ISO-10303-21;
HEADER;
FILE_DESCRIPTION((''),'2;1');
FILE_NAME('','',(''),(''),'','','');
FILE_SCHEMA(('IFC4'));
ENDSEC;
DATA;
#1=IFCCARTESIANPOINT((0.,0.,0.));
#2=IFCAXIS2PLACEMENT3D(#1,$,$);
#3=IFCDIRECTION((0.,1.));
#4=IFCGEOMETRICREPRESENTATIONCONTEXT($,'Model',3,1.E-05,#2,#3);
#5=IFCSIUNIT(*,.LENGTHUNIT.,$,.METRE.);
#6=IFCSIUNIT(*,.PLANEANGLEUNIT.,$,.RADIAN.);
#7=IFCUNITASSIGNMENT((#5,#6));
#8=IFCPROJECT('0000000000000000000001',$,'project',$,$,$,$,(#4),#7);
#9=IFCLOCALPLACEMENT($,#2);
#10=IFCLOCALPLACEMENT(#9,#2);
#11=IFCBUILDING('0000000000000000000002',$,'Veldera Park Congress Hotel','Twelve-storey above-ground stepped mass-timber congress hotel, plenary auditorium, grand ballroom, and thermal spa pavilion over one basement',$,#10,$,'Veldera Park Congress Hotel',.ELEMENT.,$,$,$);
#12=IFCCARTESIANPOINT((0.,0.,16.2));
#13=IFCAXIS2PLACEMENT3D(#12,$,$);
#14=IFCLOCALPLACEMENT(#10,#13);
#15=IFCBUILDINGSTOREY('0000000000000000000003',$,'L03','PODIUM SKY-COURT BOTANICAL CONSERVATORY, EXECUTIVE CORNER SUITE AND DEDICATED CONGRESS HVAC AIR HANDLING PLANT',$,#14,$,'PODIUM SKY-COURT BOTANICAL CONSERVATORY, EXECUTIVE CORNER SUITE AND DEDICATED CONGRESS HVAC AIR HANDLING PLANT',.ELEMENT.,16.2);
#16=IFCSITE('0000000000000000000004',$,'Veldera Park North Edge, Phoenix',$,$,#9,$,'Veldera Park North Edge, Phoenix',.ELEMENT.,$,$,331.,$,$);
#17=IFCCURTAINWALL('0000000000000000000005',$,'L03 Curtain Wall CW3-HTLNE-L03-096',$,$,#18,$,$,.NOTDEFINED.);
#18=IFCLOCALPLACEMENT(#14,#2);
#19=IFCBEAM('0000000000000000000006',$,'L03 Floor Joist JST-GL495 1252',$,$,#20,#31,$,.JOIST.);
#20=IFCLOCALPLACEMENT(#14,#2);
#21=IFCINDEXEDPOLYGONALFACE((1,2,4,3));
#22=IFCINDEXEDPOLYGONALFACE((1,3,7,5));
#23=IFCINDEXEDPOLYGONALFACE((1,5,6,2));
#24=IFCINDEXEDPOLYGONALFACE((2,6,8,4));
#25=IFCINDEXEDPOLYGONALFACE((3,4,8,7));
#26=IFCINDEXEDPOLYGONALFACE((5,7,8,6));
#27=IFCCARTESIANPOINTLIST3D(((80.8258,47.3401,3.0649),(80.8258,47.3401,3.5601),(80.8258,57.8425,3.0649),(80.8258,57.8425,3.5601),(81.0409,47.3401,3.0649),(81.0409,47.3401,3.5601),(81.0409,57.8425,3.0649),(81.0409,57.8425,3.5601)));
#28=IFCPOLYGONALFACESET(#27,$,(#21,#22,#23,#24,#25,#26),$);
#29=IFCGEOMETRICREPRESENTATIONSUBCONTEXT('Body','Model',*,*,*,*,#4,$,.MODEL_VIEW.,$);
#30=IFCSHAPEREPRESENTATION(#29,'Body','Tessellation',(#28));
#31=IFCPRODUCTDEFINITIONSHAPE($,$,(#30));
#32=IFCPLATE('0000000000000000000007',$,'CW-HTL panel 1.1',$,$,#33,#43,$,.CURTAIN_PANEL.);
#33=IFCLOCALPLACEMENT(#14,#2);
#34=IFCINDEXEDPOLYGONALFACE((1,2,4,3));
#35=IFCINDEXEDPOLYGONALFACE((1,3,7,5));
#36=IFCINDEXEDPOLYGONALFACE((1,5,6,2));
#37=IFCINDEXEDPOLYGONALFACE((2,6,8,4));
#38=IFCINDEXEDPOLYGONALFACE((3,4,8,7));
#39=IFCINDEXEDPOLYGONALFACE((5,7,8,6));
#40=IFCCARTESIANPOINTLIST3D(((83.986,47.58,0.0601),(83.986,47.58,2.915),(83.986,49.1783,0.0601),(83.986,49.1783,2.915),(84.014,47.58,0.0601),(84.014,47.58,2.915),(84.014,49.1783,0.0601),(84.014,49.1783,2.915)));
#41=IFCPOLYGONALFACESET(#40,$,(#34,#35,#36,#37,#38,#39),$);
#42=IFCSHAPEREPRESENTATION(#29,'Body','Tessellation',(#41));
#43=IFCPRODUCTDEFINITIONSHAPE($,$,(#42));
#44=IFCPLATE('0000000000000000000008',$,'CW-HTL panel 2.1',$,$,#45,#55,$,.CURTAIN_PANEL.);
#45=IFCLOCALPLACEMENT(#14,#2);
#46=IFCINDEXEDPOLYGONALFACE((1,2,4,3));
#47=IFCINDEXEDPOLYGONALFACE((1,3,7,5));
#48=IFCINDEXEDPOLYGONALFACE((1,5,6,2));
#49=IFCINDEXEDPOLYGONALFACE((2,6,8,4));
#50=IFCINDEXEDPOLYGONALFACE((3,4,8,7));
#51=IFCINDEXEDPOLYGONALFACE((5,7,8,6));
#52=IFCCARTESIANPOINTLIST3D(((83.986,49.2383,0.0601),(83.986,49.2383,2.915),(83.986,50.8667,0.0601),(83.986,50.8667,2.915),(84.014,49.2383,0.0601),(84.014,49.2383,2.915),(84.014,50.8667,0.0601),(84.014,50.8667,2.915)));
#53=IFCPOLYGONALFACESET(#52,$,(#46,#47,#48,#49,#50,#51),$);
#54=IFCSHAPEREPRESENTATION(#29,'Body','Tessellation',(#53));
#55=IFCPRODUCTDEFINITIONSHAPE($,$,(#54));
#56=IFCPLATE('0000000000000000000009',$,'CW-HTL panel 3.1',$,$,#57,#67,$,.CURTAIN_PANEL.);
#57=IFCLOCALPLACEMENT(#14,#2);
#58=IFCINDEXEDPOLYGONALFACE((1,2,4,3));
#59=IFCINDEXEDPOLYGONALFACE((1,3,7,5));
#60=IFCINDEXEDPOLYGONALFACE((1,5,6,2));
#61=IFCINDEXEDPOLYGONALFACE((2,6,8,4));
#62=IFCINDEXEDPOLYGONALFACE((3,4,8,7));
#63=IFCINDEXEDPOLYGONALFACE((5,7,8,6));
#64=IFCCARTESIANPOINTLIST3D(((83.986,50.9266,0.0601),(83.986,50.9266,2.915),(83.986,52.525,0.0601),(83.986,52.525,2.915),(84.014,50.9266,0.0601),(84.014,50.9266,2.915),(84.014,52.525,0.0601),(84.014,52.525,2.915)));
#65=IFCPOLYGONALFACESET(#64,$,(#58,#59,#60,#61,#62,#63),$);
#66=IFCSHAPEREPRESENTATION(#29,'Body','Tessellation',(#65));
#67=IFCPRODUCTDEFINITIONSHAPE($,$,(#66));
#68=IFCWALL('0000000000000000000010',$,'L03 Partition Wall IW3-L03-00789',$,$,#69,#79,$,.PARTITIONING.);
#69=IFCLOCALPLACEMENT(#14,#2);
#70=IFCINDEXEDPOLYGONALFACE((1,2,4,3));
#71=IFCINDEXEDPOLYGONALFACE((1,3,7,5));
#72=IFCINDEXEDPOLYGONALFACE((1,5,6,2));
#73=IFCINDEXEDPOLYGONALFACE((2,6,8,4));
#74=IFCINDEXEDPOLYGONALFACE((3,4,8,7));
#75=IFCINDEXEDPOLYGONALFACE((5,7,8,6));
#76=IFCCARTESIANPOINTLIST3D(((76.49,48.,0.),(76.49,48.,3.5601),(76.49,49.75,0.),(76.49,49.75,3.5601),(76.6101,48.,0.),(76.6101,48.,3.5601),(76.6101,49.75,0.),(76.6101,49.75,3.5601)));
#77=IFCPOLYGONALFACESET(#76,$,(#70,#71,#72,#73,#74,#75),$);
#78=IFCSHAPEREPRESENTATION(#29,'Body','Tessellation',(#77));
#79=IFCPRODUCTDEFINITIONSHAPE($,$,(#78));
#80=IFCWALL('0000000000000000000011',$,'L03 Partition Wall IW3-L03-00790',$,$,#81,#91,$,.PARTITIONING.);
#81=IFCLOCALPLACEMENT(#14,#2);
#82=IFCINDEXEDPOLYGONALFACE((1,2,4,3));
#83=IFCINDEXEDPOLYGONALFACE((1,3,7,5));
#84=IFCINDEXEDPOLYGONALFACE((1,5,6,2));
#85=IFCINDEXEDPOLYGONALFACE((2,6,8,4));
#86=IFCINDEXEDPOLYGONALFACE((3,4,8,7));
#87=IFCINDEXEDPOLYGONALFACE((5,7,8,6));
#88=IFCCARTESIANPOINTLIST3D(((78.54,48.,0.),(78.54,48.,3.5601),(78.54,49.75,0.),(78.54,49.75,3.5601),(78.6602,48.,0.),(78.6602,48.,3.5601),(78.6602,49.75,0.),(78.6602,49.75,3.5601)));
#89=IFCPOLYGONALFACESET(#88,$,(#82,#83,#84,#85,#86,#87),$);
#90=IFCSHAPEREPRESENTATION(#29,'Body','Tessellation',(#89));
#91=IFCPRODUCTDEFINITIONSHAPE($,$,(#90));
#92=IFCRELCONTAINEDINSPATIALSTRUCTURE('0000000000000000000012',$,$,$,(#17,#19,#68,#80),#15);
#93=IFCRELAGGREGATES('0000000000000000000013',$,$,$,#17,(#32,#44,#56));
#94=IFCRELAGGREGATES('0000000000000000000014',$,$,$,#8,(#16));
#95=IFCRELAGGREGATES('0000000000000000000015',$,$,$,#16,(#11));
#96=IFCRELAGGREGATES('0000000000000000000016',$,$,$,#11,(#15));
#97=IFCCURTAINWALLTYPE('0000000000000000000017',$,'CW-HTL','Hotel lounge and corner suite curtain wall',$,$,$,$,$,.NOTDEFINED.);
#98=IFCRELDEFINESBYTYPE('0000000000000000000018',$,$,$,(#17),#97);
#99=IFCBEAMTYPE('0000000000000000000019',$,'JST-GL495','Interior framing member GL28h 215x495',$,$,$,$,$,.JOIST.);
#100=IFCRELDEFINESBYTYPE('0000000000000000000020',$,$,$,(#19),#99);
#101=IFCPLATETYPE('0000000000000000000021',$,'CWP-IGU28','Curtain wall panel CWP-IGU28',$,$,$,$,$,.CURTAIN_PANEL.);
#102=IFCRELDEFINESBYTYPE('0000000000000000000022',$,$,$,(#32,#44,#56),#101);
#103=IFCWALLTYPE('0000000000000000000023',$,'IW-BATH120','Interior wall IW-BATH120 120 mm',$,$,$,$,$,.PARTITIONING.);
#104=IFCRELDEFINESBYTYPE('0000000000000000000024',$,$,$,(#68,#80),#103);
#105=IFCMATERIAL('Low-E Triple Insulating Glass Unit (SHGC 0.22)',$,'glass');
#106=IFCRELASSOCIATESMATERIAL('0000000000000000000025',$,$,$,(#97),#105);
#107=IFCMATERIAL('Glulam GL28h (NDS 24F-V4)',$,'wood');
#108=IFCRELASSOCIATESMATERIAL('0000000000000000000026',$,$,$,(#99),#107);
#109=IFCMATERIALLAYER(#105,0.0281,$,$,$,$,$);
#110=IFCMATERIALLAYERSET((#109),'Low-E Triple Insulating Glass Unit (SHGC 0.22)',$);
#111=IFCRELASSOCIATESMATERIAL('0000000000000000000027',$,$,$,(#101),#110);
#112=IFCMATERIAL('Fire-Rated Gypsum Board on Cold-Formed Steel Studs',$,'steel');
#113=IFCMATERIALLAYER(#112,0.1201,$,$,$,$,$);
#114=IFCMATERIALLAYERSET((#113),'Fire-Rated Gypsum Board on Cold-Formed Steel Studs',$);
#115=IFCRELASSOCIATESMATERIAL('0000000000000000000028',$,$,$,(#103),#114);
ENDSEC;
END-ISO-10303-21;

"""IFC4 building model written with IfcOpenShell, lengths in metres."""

from ifc_helpers import new_model, si_unit, direction, frame, frame_2d, origin, origin_2d, place, context, subcontext, project, spatial, rectangle, extrude, material, layer, layer_set, material_profile, profile_set, type_object, element, aggregate, save


model = new_model("IFC4")

# Units and contexts
model_context = context("Model", 3, precision=1e-05, world=origin(), true_north=direction((0.0, 1.0)))
body_context = subcontext(model_context, "Body", "Model", "MODEL_VIEW")
ifc_project = project(units=[si_unit("LENGTHUNIT", "METRE"), si_unit("PLANEANGLEUNIT", "RADIAN")], contexts=[model_context])

# Site, building, storey
site_placement = place(None, origin())
site = spatial("IfcSite", under=ifc_project, at=site_placement, Name="Veldera Park North Edge, Phoenix", LongName="Veldera Park North Edge, Phoenix", CompositionType="ELEMENT", RefElevation=331.0)
building_placement = place(site_placement, origin())
building = spatial("IfcBuilding", under=site, at=building_placement, Name="Veldera Park Congress Hotel", Description="Twelve-storey above-ground stepped mass-timber congress hotel, plenary auditorium, grand ballroom, and thermal spa pavilion over one basement", LongName="Veldera Park Congress Hotel", CompositionType="ELEMENT")
storey_placement = place(building_placement, frame((0.0, 0.0, 16.2)))
storey = spatial("IfcBuildingStorey", under=building, at=storey_placement, Name="L03", Description="PODIUM SKY-COURT BOTANICAL CONSERVATORY, EXECUTIVE CORNER SUITE AND DEDICATED CONGRESS HVAC AIR HANDLING PLANT", LongName="PODIUM SKY-COURT BOTANICAL CONSERVATORY, EXECUTIVE CORNER SUITE AND DEDICATED CONGRESS HVAC AIR HANDLING PLANT", CompositionType="ELEMENT", Elevation=16.2)

# Shared definitions
ifc_material_1 = material(Name="Glulam GL28h (NDS 24F-V4)", Category="wood")

# Curtain wall
ifc_material_2 = material(Name="Low-E Triple Insulating Glass Unit (SHGC 0.22)", Category="glass")
curtain_wall_type = type_object("IfcCurtainWallType", Name="CW-HTL", Description="Hotel lounge and corner suite curtain wall", PredefinedType="NOTDEFINED", material=ifc_material_2)
curtain_wall_1_placement = place(storey_placement, origin())
curtain_wall_1 = element("IfcCurtainWall", 1, at=curtain_wall_1_placement, inside=storey, type_object=curtain_wall_type, Name="L03 Curtain Wall CW3-HTLNE-L03-096", PredefinedType="NOTDEFINED")

# Beam
ifc_material_profile_1 = material_profile(ifc_material_1, rectangle(XDim=0.2151, YDim=0.4951, at=origin_2d()), Name="GL28h 215x495")
ifc_profile_set_1 = profile_set([ifc_material_profile_1], Name="Glulam GL28h (NDS 24F-V4)")
beam_type_1 = type_object("IfcBeamType", Name="JST-GL495", Description="Interior framing member GL28h 215x495", PredefinedType="JOIST", material=ifc_profile_set_1)
for number, where, z_axis, x_axis, name in (
    (2, (80.9333, 47.3401, 3.3125), (0.0, 1.0, 0.0), (-1.0, 0.0, 0.0), "L03 Floor Joist JST-GL495 1252"),
):
    element("IfcBeam", number, at=place(storey_placement, frame(where, z_axis=z_axis, x_axis=x_axis)), inside=storey, type_object=beam_type_1, Name=name, PredefinedType="JOIST", context=body_context, shape_type="SweptSolid", body=[
        extrude(rectangle(XDim=0.2151, YDim=0.4951, at=origin_2d()), origin(), (0.0, 0.0, 1.0), 10.5024),
    ])

# Plates
ifc_layer_1 = layer(ifc_material_2, 0.0281)
ifc_layer_set_1 = layer_set([ifc_layer_1], Name="Low-E Triple Insulating Glass Unit (SHGC 0.22)")
plate_type = type_object("IfcPlateType", Name="CWP-IGU28", Description="Curtain wall panel CWP-IGU28", PredefinedType="CURTAIN_PANEL", material=ifc_layer_set_1)
plate_1_placement = place(storey_placement, frame((84.0, 48.3792, 0.0601), z_axis=(0.0, 0.0, 1.0), x_axis=(0.0, 1.0, 0.0)))
plate_1 = element("IfcPlate", 3, at=plate_1_placement, type_object=plate_type, Name="CW-HTL panel 1.1", PredefinedType="CURTAIN_PANEL", context=body_context, shape_type="SweptSolid", body=[
    extrude(rectangle(XDim=1.5984, YDim=0.0281, at=origin_2d()), origin(), (0.0, 0.0, 1.0), 2.855),
])
plate_2_placement = place(storey_placement, frame((84.0, 50.0525, 0.0601), z_axis=(0.0, 0.0, 1.0), x_axis=(0.0, 1.0, 0.0)))
plate_2 = element("IfcPlate", 4, at=plate_2_placement, type_object=plate_type, Name="CW-HTL panel 2.1", PredefinedType="CURTAIN_PANEL", context=body_context, shape_type="SweptSolid", body=[
    extrude(rectangle(XDim=1.6284, YDim=0.0281, at=origin_2d()), origin(), (0.0, 0.0, 1.0), 2.855),
])
plate_3_placement = place(storey_placement, frame((84.0, 51.7258, 0.0601), z_axis=(0.0, 0.0, 1.0), x_axis=(0.0, 1.0, 0.0)))
plate_3 = element("IfcPlate", 5, at=plate_3_placement, type_object=plate_type, Name="CW-HTL panel 3.1", PredefinedType="CURTAIN_PANEL", context=body_context, shape_type="SweptSolid", body=[
    extrude(rectangle(XDim=1.5984, YDim=0.0281, at=origin_2d()), origin(), (0.0, 0.0, 1.0), 2.855),
])
aggregate(curtain_wall_1, [plate_1, plate_2, plate_3])

# Walls
ifc_material_3 = material(Name="Fire-Rated Gypsum Board on Cold-Formed Steel Studs", Category="steel")
ifc_layer_2 = layer(ifc_material_3, 0.1201)
ifc_layer_set_2 = layer_set([ifc_layer_2], Name="Fire-Rated Gypsum Board on Cold-Formed Steel Studs")
wall_type = type_object("IfcWallType", Name="IW-BATH120", Description="Interior wall IW-BATH120 120 mm", PredefinedType="PARTITIONING", material=ifc_layer_set_2)
for number, where, z_axis, x_axis, name in (
    (6, (76.55, 48.0, 0.0), (0.0, 0.0, 1.0), (0.0, 1.0, 0.0), "L03 Partition Wall IW3-L03-00789"),
    (7, (78.6001, 48.0, 0.0), (0.0, 0.0, 1.0), (0.0, 1.0, 0.0), "L03 Partition Wall IW3-L03-00790"),
):
    element("IfcWall", number, at=place(storey_placement, frame(where, z_axis=z_axis, x_axis=x_axis)), inside=storey, type_object=wall_type, Name=name, PredefinedType="PARTITIONING", context=body_context, shape_type="SweptSolid", body=[
        extrude(rectangle(XDim=1.75, YDim=0.1201, at=frame_2d((0.875, 0.0))), origin(), (0.0, 0.0, 1.0), 3.5601),
    ])

save(model, "model.ifc")
